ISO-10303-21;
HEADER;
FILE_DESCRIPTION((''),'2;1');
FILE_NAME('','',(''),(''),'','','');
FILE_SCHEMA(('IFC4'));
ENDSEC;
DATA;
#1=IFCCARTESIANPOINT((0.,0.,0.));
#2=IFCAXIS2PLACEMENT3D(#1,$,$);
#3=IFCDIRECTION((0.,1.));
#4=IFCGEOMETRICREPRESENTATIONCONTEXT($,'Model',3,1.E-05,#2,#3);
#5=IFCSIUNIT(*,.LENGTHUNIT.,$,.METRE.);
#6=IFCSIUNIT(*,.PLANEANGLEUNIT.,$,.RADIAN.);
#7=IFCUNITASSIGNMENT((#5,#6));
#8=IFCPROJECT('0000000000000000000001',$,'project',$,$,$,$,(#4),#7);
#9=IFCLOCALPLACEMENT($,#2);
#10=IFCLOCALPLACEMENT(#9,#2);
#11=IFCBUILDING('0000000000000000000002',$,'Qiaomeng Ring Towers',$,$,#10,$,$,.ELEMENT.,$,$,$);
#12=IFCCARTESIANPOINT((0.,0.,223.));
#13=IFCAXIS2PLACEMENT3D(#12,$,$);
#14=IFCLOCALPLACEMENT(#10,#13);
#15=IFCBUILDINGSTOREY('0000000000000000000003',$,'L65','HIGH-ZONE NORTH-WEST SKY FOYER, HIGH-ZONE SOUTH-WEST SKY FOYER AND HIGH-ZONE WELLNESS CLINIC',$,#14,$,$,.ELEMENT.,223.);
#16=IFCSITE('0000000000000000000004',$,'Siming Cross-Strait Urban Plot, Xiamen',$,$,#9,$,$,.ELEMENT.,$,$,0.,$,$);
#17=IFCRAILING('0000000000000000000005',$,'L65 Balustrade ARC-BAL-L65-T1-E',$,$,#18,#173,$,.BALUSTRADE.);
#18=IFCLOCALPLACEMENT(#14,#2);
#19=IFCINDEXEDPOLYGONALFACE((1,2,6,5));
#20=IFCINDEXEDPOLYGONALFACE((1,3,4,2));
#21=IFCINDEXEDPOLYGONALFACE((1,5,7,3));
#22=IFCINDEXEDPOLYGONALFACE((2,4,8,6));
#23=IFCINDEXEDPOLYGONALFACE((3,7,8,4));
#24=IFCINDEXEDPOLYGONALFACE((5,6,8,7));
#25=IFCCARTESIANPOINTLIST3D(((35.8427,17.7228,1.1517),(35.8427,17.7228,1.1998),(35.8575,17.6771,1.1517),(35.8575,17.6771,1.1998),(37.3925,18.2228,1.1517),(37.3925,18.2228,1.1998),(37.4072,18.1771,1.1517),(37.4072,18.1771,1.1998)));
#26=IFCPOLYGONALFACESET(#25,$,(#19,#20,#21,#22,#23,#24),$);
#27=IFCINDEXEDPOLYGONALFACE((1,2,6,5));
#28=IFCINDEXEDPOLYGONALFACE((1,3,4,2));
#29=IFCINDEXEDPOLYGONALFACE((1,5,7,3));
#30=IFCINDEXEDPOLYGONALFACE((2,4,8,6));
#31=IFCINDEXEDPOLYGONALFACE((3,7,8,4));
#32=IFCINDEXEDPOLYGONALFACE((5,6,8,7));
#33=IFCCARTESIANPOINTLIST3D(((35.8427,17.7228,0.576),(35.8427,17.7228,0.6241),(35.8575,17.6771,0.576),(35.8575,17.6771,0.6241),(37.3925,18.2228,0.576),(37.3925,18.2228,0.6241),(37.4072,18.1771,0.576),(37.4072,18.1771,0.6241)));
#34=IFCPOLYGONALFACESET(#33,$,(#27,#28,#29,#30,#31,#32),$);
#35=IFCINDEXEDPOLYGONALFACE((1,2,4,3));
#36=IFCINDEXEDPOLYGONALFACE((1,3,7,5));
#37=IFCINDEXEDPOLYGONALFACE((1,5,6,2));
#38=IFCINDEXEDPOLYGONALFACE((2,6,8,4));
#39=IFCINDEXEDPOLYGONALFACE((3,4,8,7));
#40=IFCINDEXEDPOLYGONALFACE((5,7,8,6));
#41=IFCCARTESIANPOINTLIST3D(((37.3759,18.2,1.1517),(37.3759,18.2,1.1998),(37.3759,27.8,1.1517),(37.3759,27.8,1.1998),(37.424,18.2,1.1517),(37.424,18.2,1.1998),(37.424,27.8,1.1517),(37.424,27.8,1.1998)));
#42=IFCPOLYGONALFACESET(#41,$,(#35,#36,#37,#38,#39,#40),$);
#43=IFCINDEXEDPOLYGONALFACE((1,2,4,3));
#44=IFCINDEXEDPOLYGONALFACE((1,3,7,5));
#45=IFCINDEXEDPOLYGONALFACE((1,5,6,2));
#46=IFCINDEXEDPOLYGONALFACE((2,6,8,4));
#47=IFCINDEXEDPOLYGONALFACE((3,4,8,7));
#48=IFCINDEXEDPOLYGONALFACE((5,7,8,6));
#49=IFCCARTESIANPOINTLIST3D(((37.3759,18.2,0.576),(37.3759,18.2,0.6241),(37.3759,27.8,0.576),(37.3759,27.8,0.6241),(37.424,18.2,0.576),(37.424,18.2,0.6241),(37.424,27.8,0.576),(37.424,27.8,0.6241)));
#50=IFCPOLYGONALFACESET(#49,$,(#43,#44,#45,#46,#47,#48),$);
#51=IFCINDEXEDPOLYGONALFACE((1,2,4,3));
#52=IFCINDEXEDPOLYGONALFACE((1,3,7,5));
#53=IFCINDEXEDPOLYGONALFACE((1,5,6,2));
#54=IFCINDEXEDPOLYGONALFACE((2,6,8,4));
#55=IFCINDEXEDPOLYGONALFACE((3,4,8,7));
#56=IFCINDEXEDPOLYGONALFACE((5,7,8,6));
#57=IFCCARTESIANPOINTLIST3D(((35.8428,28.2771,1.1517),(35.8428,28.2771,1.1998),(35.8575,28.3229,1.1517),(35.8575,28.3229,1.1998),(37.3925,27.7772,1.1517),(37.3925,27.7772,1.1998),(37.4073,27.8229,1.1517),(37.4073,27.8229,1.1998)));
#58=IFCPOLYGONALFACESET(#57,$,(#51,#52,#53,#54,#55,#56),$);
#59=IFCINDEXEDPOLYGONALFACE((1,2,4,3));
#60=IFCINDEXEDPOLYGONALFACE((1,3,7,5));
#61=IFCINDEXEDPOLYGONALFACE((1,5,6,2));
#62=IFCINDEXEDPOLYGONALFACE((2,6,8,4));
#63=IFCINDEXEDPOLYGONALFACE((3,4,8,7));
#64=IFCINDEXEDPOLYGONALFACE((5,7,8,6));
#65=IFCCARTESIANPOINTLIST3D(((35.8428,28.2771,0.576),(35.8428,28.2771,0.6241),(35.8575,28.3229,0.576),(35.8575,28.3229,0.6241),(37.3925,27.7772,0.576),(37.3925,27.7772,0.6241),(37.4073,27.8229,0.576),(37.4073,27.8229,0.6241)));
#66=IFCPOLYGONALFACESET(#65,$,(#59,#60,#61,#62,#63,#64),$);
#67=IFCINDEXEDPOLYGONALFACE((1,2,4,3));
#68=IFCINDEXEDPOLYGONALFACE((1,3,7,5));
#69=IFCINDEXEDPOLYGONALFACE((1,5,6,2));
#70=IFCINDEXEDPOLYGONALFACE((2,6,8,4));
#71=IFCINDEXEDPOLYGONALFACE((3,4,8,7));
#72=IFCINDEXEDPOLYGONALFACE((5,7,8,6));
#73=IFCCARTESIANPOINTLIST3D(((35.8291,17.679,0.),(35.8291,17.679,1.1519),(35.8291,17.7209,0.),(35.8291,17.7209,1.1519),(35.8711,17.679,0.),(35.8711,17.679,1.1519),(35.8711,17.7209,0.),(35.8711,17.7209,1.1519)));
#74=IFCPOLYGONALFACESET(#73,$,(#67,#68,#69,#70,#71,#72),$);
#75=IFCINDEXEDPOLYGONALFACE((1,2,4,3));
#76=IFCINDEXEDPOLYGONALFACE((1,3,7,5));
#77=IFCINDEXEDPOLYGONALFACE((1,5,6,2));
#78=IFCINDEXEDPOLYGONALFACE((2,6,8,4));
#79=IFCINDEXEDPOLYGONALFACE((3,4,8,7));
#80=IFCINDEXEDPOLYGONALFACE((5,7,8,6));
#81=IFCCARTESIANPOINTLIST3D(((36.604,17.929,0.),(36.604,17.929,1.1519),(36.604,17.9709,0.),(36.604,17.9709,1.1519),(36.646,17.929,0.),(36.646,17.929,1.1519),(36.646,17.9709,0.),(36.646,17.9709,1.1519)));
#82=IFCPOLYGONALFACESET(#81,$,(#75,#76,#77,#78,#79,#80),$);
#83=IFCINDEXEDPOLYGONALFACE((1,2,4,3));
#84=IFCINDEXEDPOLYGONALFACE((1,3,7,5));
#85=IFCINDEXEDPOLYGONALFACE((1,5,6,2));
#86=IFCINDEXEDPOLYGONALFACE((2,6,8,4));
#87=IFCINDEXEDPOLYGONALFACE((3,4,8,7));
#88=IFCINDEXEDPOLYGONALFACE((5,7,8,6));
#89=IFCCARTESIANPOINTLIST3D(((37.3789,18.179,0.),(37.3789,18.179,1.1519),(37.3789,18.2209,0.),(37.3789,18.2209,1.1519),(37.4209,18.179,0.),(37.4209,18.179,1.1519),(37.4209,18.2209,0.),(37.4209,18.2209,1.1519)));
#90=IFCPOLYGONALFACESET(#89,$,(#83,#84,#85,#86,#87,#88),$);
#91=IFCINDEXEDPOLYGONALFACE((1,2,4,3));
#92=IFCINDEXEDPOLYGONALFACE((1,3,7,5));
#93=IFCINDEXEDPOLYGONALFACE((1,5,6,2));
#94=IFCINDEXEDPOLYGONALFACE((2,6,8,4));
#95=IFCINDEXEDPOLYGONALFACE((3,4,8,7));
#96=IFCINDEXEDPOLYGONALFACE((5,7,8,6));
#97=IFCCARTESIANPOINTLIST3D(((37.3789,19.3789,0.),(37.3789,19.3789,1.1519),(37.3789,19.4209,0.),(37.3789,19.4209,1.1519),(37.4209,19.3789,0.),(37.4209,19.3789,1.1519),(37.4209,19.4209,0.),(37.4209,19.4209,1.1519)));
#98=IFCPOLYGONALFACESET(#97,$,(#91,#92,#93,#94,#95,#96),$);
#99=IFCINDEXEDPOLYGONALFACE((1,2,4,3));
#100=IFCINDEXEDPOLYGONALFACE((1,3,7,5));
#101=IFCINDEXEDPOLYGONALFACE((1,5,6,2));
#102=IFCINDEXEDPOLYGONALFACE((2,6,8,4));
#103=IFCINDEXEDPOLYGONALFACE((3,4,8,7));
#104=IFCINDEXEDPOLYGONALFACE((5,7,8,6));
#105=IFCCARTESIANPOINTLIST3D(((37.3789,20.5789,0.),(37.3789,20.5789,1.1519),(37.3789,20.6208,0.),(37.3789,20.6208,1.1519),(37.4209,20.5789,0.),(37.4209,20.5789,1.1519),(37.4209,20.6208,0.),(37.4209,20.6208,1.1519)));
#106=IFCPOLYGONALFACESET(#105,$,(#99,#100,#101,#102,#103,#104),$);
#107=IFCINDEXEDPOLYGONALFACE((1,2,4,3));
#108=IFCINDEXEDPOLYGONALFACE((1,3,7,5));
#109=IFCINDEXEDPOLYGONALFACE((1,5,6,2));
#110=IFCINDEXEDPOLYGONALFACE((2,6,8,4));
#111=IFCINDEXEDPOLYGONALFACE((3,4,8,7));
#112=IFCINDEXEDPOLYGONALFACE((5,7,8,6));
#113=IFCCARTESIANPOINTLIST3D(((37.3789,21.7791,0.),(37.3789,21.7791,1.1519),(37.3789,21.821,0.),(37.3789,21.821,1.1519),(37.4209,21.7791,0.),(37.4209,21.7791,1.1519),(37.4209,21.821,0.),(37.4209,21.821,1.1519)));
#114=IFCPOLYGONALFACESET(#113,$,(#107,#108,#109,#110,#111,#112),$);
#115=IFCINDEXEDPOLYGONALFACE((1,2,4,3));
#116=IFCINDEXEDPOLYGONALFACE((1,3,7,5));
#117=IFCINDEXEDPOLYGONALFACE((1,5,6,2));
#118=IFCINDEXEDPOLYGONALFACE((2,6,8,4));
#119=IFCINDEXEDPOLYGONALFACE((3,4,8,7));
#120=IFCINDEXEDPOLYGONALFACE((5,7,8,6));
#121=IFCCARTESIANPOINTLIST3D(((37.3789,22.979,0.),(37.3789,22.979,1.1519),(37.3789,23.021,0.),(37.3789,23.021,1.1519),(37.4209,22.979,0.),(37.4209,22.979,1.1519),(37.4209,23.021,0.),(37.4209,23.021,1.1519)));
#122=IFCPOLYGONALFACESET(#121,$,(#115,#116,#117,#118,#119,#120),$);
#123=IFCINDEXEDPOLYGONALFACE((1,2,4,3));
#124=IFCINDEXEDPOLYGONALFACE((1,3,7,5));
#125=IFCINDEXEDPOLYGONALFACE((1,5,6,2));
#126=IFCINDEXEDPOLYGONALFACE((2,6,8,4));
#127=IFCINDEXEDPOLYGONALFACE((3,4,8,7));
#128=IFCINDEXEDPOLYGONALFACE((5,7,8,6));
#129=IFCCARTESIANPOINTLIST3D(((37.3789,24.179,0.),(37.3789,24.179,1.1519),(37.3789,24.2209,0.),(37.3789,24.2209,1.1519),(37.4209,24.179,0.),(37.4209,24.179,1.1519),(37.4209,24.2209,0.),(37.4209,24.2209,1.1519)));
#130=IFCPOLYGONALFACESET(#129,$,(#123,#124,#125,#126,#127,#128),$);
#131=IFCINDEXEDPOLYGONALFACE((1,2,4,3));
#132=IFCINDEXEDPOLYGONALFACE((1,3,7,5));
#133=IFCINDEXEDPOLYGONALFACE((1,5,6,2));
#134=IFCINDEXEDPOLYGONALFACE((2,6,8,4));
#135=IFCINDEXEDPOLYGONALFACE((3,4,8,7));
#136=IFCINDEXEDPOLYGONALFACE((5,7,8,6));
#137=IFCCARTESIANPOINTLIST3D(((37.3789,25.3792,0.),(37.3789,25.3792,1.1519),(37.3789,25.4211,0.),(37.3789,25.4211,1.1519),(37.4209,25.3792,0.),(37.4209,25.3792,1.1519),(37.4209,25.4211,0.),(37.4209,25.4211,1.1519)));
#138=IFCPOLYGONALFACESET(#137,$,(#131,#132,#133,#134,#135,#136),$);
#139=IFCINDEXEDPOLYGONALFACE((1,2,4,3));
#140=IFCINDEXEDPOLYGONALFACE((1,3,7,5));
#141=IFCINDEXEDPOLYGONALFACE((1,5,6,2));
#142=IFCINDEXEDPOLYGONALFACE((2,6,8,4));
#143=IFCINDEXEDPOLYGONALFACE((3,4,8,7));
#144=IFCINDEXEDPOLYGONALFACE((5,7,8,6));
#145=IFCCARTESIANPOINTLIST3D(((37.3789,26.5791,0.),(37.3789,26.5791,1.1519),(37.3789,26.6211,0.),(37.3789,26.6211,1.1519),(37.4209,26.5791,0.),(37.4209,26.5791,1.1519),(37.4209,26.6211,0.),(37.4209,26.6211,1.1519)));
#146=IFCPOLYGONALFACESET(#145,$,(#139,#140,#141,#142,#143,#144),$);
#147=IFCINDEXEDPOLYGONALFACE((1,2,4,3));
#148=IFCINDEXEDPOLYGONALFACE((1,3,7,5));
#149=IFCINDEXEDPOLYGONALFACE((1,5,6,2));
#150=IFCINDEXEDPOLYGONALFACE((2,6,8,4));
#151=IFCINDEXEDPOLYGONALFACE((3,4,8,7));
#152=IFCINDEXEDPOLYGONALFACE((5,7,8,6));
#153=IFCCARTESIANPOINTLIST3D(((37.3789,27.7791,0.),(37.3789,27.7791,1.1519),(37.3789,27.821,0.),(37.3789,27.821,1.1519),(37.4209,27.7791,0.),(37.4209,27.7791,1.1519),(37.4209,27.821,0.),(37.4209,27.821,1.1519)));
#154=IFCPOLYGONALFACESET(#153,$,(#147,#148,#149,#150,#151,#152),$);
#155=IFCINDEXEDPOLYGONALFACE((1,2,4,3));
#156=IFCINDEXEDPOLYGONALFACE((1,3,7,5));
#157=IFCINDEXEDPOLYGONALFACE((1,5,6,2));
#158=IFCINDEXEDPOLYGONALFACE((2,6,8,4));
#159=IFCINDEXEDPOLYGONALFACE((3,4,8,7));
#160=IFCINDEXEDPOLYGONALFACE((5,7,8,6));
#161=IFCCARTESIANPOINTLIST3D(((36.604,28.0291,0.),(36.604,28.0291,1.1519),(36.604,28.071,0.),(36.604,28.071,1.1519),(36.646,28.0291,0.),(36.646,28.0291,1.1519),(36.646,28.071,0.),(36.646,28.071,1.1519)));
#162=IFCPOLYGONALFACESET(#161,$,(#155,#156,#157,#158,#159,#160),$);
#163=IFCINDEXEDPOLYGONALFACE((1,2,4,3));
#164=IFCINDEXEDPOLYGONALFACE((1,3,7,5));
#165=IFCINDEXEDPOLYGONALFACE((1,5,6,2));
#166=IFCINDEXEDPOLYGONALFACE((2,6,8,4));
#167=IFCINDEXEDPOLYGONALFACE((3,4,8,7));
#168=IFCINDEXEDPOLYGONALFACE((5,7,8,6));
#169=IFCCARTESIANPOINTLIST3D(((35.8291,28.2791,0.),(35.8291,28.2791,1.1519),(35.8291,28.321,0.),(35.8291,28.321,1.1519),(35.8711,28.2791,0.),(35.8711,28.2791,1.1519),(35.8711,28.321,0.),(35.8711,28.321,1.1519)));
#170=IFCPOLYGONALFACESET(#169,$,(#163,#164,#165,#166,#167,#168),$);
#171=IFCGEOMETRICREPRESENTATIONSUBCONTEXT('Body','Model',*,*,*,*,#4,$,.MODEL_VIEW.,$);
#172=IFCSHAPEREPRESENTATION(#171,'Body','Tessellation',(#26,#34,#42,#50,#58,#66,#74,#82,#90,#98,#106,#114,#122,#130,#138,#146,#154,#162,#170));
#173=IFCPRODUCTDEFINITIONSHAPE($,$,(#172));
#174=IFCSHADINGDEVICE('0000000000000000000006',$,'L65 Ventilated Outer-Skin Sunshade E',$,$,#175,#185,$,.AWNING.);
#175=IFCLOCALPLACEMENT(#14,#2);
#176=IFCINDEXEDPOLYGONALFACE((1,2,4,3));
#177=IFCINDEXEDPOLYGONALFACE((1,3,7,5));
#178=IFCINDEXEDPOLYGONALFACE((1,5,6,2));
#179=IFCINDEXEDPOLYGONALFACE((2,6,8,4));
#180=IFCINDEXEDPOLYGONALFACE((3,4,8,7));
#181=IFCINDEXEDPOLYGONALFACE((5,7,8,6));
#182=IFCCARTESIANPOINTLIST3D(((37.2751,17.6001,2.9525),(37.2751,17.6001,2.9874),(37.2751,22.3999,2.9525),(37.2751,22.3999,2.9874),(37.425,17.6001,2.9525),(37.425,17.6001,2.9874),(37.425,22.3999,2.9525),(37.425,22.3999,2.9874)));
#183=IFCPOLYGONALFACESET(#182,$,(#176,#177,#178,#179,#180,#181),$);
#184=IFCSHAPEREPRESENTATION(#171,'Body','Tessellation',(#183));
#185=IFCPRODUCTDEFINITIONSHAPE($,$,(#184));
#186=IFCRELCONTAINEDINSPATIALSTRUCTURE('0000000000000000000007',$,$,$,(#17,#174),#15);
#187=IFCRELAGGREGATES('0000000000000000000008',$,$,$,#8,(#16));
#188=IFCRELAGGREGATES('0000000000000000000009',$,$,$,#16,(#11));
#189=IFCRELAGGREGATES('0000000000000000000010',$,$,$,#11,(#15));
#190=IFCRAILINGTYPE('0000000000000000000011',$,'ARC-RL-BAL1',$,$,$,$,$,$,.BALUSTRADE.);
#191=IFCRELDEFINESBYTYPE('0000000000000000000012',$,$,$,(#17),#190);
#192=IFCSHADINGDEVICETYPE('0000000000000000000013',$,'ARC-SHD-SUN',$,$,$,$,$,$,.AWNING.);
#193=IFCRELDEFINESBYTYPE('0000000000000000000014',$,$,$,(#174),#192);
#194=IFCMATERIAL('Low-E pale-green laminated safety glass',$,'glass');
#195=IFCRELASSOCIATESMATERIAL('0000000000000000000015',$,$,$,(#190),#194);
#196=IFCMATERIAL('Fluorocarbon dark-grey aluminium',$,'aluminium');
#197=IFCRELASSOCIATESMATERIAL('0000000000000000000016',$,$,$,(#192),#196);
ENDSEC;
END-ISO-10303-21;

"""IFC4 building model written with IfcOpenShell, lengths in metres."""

from ifc_helpers import new_model, si_unit, direction, frame, origin, origin_2d, place, context, subcontext, project, spatial, rectangle, extrude, source, transform, mapped, material, material_profile, profile_set, type_object, element, save


model = new_model("IFC4")

# Units and contexts
model_context = context("Model", 3, precision=1e-05, world=origin(), true_north=direction((0.0, 1.0)))
body_context = subcontext(model_context, "Body", "Model", "MODEL_VIEW")
ifc_project = project(units=[si_unit("LENGTHUNIT", "METRE"), si_unit("PLANEANGLEUNIT", "RADIAN")], contexts=[model_context])

# Site, building, storey
site_placement = place(None, origin())
site = spatial("IfcSite", under=ifc_project, at=site_placement, Name="Siming Cross-Strait Urban Plot, Xiamen", CompositionType="ELEMENT", RefElevation=0.0)
building_placement = place(site_placement, origin())
building = spatial("IfcBuilding", under=site, at=building_placement, Name="Qiaomeng Ring Towers", CompositionType="ELEMENT")
storey_placement = place(building_placement, frame((0.0, 0.0, 223.0)))
storey = spatial("IfcBuildingStorey", under=building, at=storey_placement, Name="L65", Description="HIGH-ZONE NORTH-WEST SKY FOYER, HIGH-ZONE SOUTH-WEST SKY FOYER AND HIGH-ZONE WELLNESS CLINIC", CompositionType="ELEMENT", Elevation=223.0)

# Shared definitions
ifc_material_1 = material(Name="Fluorocarbon dark-grey aluminium", Category="aluminium")

# Railing
ifc_material_2 = material(Name="Low-E pale-green laminated safety glass", Category="glass")
railing_type = type_object("IfcRailingType", Name="ARC-RL-BAL1", PredefinedType="BALUSTRADE", material=ifc_material_2)
railing_placement = place(storey_placement, frame((35.8501, 17.7, 0.0)))
element("IfcRailing", 1, at=railing_placement, inside=storey, type_object=railing_type, Name="L65 Balustrade ARC-BAL-L65-T1-E", PredefinedType="BALUSTRADE", context=body_context, shape_type="SweptSolid", body=[
    extrude(rectangle(XDim=0.0481, YDim=0.0481, at=origin_2d()), frame((0.0, 0.0, 1.1758), z_axis=(0.951697, 0.307038, 0.0), x_axis=(-0.307038, 0.951697, 0.0)), (0.0, 0.0, 1.0), 1.6284),
    extrude(rectangle(XDim=0.0481, YDim=0.0481, at=origin_2d()), frame((0.0, 0.0, 0.6001), z_axis=(0.951697, 0.307038, 0.0), x_axis=(-0.307038, 0.951697, 0.0)), (0.0, 0.0, 1.0), 1.6284),
    extrude(rectangle(XDim=0.0481, YDim=0.0481, at=origin_2d()), frame((1.5498, 0.5, 1.1758), z_axis=(0.0, 1.0, 0.0), x_axis=(-1.0, 0.0, 0.0)), (0.0, 0.0, 1.0), 9.6001),
    extrude(rectangle(XDim=0.0481, YDim=0.0481, at=origin_2d()), frame((1.5498, 0.5, 0.6001), z_axis=(0.0, 1.0, 0.0), x_axis=(-1.0, 0.0, 0.0)), (0.0, 0.0, 1.0), 9.6001),
    extrude(rectangle(XDim=0.0481, YDim=0.0481, at=origin_2d()), frame((1.5498, 10.1001, 1.1758), z_axis=(-0.951697, 0.307038, 0.0), x_axis=(-0.307038, -0.951697, 0.0)), (0.0, 0.0, 1.0), 1.6284),
    extrude(rectangle(XDim=0.0481, YDim=0.0481, at=origin_2d()), frame((1.5498, 10.1001, 0.6001), z_axis=(-0.951697, 0.307038, 0.0), x_axis=(-0.307038, -0.951697, 0.0)), (0.0, 0.0, 1.0), 1.6284),
    extrude(rectangle(XDim=0.042, YDim=0.042, at=origin_2d()), origin(), (0.0, 0.0, 1.0), 1.1519),
    extrude(rectangle(XDim=0.042, YDim=0.042, at=origin_2d()), frame((0.7749, 0.25, 0.0)), (0.0, 0.0, 1.0), 1.1519),
    extrude(rectangle(XDim=0.042, YDim=0.042, at=origin_2d()), frame((1.5498, 0.5, 0.0)), (0.0, 0.0, 1.0), 1.1519),
    extrude(rectangle(XDim=0.042, YDim=0.042, at=origin_2d()), frame((1.5498, 1.7, 0.0)), (0.0, 0.0, 1.0), 1.1519),
    extrude(rectangle(XDim=0.042, YDim=0.042, at=origin_2d()), frame((1.5498, 2.8999, 0.0)), (0.0, 0.0, 1.0), 1.1519),
    extrude(rectangle(XDim=0.042, YDim=0.042, at=origin_2d()), frame((1.5498, 4.1001, 0.0)), (0.0, 0.0, 1.0), 1.1519),
    extrude(rectangle(XDim=0.042, YDim=0.042, at=origin_2d()), frame((1.5498, 5.3, 0.0)), (0.0, 0.0, 1.0), 1.1519),
    extrude(rectangle(XDim=0.042, YDim=0.042, at=origin_2d()), frame((1.5498, 6.5, 0.0)), (0.0, 0.0, 1.0), 1.1519),
    extrude(rectangle(XDim=0.042, YDim=0.042, at=origin_2d()), frame((1.5498, 7.7002, 0.0)), (0.0, 0.0, 1.0), 1.1519),
    extrude(rectangle(XDim=0.042, YDim=0.042, at=origin_2d()), frame((1.5498, 8.9001, 0.0)), (0.0, 0.0, 1.0), 1.1519),
    extrude(rectangle(XDim=0.042, YDim=0.042, at=origin_2d()), frame((1.5498, 10.1001, 0.0)), (0.0, 0.0, 1.0), 1.1519),
    extrude(rectangle(XDim=0.042, YDim=0.042, at=origin_2d()), frame((0.7749, 10.3501, 0.0)), (0.0, 0.0, 1.0), 1.1519),
    extrude(rectangle(XDim=0.042, YDim=0.042, at=origin_2d()), frame((0.0, 10.6001, 0.0)), (0.0, 0.0, 1.0), 1.1519),
])

# Shading device
ifc_material_profile_1 = material_profile(ifc_material_1, rectangle(XDim=0.1499, YDim=0.0349, at=origin_2d()), Name="LV BLADE 150x35")
ifc_profile_set_1 = profile_set([ifc_material_profile_1], Name="Fluorocarbon dark-grey aluminium")
shading_device_type = type_object("IfcShadingDeviceType", Name="ARC-SHD-SUN", PredefinedType="AWNING", material=ifc_profile_set_1)
shared_shape_1 = source(origin(), body_context, "Body", "SweptSolid", [
    extrude(rectangle(XDim=0.1499, YDim=0.0349, at=origin_2d()), origin(), (0.0, 0.0, 1.0), 4.7998),
])
shading_device_placement = place(storey_placement, frame((37.3501, 17.6001, 2.97), z_axis=(0.0, 1.0, 0.0), x_axis=(-1.0, 0.0, 0.0)))
element("IfcShadingDevice", 2, at=shading_device_placement, inside=storey, type_object=shading_device_type, Name="L65 Ventilated Outer-Skin Sunshade E", PredefinedType="AWNING", context=body_context, shape_type="MappedRepresentation", body=[
    mapped(shared_shape_1, transform((0.0, 0.0, 0.0), x_axis=(1.0, 0.0, 0.0), y_axis=(0.0, 1.0, 0.0), z_axis=(0.0, 0.0, 1.0), scale=1.0)),
])

save(model, "model.ifc")
